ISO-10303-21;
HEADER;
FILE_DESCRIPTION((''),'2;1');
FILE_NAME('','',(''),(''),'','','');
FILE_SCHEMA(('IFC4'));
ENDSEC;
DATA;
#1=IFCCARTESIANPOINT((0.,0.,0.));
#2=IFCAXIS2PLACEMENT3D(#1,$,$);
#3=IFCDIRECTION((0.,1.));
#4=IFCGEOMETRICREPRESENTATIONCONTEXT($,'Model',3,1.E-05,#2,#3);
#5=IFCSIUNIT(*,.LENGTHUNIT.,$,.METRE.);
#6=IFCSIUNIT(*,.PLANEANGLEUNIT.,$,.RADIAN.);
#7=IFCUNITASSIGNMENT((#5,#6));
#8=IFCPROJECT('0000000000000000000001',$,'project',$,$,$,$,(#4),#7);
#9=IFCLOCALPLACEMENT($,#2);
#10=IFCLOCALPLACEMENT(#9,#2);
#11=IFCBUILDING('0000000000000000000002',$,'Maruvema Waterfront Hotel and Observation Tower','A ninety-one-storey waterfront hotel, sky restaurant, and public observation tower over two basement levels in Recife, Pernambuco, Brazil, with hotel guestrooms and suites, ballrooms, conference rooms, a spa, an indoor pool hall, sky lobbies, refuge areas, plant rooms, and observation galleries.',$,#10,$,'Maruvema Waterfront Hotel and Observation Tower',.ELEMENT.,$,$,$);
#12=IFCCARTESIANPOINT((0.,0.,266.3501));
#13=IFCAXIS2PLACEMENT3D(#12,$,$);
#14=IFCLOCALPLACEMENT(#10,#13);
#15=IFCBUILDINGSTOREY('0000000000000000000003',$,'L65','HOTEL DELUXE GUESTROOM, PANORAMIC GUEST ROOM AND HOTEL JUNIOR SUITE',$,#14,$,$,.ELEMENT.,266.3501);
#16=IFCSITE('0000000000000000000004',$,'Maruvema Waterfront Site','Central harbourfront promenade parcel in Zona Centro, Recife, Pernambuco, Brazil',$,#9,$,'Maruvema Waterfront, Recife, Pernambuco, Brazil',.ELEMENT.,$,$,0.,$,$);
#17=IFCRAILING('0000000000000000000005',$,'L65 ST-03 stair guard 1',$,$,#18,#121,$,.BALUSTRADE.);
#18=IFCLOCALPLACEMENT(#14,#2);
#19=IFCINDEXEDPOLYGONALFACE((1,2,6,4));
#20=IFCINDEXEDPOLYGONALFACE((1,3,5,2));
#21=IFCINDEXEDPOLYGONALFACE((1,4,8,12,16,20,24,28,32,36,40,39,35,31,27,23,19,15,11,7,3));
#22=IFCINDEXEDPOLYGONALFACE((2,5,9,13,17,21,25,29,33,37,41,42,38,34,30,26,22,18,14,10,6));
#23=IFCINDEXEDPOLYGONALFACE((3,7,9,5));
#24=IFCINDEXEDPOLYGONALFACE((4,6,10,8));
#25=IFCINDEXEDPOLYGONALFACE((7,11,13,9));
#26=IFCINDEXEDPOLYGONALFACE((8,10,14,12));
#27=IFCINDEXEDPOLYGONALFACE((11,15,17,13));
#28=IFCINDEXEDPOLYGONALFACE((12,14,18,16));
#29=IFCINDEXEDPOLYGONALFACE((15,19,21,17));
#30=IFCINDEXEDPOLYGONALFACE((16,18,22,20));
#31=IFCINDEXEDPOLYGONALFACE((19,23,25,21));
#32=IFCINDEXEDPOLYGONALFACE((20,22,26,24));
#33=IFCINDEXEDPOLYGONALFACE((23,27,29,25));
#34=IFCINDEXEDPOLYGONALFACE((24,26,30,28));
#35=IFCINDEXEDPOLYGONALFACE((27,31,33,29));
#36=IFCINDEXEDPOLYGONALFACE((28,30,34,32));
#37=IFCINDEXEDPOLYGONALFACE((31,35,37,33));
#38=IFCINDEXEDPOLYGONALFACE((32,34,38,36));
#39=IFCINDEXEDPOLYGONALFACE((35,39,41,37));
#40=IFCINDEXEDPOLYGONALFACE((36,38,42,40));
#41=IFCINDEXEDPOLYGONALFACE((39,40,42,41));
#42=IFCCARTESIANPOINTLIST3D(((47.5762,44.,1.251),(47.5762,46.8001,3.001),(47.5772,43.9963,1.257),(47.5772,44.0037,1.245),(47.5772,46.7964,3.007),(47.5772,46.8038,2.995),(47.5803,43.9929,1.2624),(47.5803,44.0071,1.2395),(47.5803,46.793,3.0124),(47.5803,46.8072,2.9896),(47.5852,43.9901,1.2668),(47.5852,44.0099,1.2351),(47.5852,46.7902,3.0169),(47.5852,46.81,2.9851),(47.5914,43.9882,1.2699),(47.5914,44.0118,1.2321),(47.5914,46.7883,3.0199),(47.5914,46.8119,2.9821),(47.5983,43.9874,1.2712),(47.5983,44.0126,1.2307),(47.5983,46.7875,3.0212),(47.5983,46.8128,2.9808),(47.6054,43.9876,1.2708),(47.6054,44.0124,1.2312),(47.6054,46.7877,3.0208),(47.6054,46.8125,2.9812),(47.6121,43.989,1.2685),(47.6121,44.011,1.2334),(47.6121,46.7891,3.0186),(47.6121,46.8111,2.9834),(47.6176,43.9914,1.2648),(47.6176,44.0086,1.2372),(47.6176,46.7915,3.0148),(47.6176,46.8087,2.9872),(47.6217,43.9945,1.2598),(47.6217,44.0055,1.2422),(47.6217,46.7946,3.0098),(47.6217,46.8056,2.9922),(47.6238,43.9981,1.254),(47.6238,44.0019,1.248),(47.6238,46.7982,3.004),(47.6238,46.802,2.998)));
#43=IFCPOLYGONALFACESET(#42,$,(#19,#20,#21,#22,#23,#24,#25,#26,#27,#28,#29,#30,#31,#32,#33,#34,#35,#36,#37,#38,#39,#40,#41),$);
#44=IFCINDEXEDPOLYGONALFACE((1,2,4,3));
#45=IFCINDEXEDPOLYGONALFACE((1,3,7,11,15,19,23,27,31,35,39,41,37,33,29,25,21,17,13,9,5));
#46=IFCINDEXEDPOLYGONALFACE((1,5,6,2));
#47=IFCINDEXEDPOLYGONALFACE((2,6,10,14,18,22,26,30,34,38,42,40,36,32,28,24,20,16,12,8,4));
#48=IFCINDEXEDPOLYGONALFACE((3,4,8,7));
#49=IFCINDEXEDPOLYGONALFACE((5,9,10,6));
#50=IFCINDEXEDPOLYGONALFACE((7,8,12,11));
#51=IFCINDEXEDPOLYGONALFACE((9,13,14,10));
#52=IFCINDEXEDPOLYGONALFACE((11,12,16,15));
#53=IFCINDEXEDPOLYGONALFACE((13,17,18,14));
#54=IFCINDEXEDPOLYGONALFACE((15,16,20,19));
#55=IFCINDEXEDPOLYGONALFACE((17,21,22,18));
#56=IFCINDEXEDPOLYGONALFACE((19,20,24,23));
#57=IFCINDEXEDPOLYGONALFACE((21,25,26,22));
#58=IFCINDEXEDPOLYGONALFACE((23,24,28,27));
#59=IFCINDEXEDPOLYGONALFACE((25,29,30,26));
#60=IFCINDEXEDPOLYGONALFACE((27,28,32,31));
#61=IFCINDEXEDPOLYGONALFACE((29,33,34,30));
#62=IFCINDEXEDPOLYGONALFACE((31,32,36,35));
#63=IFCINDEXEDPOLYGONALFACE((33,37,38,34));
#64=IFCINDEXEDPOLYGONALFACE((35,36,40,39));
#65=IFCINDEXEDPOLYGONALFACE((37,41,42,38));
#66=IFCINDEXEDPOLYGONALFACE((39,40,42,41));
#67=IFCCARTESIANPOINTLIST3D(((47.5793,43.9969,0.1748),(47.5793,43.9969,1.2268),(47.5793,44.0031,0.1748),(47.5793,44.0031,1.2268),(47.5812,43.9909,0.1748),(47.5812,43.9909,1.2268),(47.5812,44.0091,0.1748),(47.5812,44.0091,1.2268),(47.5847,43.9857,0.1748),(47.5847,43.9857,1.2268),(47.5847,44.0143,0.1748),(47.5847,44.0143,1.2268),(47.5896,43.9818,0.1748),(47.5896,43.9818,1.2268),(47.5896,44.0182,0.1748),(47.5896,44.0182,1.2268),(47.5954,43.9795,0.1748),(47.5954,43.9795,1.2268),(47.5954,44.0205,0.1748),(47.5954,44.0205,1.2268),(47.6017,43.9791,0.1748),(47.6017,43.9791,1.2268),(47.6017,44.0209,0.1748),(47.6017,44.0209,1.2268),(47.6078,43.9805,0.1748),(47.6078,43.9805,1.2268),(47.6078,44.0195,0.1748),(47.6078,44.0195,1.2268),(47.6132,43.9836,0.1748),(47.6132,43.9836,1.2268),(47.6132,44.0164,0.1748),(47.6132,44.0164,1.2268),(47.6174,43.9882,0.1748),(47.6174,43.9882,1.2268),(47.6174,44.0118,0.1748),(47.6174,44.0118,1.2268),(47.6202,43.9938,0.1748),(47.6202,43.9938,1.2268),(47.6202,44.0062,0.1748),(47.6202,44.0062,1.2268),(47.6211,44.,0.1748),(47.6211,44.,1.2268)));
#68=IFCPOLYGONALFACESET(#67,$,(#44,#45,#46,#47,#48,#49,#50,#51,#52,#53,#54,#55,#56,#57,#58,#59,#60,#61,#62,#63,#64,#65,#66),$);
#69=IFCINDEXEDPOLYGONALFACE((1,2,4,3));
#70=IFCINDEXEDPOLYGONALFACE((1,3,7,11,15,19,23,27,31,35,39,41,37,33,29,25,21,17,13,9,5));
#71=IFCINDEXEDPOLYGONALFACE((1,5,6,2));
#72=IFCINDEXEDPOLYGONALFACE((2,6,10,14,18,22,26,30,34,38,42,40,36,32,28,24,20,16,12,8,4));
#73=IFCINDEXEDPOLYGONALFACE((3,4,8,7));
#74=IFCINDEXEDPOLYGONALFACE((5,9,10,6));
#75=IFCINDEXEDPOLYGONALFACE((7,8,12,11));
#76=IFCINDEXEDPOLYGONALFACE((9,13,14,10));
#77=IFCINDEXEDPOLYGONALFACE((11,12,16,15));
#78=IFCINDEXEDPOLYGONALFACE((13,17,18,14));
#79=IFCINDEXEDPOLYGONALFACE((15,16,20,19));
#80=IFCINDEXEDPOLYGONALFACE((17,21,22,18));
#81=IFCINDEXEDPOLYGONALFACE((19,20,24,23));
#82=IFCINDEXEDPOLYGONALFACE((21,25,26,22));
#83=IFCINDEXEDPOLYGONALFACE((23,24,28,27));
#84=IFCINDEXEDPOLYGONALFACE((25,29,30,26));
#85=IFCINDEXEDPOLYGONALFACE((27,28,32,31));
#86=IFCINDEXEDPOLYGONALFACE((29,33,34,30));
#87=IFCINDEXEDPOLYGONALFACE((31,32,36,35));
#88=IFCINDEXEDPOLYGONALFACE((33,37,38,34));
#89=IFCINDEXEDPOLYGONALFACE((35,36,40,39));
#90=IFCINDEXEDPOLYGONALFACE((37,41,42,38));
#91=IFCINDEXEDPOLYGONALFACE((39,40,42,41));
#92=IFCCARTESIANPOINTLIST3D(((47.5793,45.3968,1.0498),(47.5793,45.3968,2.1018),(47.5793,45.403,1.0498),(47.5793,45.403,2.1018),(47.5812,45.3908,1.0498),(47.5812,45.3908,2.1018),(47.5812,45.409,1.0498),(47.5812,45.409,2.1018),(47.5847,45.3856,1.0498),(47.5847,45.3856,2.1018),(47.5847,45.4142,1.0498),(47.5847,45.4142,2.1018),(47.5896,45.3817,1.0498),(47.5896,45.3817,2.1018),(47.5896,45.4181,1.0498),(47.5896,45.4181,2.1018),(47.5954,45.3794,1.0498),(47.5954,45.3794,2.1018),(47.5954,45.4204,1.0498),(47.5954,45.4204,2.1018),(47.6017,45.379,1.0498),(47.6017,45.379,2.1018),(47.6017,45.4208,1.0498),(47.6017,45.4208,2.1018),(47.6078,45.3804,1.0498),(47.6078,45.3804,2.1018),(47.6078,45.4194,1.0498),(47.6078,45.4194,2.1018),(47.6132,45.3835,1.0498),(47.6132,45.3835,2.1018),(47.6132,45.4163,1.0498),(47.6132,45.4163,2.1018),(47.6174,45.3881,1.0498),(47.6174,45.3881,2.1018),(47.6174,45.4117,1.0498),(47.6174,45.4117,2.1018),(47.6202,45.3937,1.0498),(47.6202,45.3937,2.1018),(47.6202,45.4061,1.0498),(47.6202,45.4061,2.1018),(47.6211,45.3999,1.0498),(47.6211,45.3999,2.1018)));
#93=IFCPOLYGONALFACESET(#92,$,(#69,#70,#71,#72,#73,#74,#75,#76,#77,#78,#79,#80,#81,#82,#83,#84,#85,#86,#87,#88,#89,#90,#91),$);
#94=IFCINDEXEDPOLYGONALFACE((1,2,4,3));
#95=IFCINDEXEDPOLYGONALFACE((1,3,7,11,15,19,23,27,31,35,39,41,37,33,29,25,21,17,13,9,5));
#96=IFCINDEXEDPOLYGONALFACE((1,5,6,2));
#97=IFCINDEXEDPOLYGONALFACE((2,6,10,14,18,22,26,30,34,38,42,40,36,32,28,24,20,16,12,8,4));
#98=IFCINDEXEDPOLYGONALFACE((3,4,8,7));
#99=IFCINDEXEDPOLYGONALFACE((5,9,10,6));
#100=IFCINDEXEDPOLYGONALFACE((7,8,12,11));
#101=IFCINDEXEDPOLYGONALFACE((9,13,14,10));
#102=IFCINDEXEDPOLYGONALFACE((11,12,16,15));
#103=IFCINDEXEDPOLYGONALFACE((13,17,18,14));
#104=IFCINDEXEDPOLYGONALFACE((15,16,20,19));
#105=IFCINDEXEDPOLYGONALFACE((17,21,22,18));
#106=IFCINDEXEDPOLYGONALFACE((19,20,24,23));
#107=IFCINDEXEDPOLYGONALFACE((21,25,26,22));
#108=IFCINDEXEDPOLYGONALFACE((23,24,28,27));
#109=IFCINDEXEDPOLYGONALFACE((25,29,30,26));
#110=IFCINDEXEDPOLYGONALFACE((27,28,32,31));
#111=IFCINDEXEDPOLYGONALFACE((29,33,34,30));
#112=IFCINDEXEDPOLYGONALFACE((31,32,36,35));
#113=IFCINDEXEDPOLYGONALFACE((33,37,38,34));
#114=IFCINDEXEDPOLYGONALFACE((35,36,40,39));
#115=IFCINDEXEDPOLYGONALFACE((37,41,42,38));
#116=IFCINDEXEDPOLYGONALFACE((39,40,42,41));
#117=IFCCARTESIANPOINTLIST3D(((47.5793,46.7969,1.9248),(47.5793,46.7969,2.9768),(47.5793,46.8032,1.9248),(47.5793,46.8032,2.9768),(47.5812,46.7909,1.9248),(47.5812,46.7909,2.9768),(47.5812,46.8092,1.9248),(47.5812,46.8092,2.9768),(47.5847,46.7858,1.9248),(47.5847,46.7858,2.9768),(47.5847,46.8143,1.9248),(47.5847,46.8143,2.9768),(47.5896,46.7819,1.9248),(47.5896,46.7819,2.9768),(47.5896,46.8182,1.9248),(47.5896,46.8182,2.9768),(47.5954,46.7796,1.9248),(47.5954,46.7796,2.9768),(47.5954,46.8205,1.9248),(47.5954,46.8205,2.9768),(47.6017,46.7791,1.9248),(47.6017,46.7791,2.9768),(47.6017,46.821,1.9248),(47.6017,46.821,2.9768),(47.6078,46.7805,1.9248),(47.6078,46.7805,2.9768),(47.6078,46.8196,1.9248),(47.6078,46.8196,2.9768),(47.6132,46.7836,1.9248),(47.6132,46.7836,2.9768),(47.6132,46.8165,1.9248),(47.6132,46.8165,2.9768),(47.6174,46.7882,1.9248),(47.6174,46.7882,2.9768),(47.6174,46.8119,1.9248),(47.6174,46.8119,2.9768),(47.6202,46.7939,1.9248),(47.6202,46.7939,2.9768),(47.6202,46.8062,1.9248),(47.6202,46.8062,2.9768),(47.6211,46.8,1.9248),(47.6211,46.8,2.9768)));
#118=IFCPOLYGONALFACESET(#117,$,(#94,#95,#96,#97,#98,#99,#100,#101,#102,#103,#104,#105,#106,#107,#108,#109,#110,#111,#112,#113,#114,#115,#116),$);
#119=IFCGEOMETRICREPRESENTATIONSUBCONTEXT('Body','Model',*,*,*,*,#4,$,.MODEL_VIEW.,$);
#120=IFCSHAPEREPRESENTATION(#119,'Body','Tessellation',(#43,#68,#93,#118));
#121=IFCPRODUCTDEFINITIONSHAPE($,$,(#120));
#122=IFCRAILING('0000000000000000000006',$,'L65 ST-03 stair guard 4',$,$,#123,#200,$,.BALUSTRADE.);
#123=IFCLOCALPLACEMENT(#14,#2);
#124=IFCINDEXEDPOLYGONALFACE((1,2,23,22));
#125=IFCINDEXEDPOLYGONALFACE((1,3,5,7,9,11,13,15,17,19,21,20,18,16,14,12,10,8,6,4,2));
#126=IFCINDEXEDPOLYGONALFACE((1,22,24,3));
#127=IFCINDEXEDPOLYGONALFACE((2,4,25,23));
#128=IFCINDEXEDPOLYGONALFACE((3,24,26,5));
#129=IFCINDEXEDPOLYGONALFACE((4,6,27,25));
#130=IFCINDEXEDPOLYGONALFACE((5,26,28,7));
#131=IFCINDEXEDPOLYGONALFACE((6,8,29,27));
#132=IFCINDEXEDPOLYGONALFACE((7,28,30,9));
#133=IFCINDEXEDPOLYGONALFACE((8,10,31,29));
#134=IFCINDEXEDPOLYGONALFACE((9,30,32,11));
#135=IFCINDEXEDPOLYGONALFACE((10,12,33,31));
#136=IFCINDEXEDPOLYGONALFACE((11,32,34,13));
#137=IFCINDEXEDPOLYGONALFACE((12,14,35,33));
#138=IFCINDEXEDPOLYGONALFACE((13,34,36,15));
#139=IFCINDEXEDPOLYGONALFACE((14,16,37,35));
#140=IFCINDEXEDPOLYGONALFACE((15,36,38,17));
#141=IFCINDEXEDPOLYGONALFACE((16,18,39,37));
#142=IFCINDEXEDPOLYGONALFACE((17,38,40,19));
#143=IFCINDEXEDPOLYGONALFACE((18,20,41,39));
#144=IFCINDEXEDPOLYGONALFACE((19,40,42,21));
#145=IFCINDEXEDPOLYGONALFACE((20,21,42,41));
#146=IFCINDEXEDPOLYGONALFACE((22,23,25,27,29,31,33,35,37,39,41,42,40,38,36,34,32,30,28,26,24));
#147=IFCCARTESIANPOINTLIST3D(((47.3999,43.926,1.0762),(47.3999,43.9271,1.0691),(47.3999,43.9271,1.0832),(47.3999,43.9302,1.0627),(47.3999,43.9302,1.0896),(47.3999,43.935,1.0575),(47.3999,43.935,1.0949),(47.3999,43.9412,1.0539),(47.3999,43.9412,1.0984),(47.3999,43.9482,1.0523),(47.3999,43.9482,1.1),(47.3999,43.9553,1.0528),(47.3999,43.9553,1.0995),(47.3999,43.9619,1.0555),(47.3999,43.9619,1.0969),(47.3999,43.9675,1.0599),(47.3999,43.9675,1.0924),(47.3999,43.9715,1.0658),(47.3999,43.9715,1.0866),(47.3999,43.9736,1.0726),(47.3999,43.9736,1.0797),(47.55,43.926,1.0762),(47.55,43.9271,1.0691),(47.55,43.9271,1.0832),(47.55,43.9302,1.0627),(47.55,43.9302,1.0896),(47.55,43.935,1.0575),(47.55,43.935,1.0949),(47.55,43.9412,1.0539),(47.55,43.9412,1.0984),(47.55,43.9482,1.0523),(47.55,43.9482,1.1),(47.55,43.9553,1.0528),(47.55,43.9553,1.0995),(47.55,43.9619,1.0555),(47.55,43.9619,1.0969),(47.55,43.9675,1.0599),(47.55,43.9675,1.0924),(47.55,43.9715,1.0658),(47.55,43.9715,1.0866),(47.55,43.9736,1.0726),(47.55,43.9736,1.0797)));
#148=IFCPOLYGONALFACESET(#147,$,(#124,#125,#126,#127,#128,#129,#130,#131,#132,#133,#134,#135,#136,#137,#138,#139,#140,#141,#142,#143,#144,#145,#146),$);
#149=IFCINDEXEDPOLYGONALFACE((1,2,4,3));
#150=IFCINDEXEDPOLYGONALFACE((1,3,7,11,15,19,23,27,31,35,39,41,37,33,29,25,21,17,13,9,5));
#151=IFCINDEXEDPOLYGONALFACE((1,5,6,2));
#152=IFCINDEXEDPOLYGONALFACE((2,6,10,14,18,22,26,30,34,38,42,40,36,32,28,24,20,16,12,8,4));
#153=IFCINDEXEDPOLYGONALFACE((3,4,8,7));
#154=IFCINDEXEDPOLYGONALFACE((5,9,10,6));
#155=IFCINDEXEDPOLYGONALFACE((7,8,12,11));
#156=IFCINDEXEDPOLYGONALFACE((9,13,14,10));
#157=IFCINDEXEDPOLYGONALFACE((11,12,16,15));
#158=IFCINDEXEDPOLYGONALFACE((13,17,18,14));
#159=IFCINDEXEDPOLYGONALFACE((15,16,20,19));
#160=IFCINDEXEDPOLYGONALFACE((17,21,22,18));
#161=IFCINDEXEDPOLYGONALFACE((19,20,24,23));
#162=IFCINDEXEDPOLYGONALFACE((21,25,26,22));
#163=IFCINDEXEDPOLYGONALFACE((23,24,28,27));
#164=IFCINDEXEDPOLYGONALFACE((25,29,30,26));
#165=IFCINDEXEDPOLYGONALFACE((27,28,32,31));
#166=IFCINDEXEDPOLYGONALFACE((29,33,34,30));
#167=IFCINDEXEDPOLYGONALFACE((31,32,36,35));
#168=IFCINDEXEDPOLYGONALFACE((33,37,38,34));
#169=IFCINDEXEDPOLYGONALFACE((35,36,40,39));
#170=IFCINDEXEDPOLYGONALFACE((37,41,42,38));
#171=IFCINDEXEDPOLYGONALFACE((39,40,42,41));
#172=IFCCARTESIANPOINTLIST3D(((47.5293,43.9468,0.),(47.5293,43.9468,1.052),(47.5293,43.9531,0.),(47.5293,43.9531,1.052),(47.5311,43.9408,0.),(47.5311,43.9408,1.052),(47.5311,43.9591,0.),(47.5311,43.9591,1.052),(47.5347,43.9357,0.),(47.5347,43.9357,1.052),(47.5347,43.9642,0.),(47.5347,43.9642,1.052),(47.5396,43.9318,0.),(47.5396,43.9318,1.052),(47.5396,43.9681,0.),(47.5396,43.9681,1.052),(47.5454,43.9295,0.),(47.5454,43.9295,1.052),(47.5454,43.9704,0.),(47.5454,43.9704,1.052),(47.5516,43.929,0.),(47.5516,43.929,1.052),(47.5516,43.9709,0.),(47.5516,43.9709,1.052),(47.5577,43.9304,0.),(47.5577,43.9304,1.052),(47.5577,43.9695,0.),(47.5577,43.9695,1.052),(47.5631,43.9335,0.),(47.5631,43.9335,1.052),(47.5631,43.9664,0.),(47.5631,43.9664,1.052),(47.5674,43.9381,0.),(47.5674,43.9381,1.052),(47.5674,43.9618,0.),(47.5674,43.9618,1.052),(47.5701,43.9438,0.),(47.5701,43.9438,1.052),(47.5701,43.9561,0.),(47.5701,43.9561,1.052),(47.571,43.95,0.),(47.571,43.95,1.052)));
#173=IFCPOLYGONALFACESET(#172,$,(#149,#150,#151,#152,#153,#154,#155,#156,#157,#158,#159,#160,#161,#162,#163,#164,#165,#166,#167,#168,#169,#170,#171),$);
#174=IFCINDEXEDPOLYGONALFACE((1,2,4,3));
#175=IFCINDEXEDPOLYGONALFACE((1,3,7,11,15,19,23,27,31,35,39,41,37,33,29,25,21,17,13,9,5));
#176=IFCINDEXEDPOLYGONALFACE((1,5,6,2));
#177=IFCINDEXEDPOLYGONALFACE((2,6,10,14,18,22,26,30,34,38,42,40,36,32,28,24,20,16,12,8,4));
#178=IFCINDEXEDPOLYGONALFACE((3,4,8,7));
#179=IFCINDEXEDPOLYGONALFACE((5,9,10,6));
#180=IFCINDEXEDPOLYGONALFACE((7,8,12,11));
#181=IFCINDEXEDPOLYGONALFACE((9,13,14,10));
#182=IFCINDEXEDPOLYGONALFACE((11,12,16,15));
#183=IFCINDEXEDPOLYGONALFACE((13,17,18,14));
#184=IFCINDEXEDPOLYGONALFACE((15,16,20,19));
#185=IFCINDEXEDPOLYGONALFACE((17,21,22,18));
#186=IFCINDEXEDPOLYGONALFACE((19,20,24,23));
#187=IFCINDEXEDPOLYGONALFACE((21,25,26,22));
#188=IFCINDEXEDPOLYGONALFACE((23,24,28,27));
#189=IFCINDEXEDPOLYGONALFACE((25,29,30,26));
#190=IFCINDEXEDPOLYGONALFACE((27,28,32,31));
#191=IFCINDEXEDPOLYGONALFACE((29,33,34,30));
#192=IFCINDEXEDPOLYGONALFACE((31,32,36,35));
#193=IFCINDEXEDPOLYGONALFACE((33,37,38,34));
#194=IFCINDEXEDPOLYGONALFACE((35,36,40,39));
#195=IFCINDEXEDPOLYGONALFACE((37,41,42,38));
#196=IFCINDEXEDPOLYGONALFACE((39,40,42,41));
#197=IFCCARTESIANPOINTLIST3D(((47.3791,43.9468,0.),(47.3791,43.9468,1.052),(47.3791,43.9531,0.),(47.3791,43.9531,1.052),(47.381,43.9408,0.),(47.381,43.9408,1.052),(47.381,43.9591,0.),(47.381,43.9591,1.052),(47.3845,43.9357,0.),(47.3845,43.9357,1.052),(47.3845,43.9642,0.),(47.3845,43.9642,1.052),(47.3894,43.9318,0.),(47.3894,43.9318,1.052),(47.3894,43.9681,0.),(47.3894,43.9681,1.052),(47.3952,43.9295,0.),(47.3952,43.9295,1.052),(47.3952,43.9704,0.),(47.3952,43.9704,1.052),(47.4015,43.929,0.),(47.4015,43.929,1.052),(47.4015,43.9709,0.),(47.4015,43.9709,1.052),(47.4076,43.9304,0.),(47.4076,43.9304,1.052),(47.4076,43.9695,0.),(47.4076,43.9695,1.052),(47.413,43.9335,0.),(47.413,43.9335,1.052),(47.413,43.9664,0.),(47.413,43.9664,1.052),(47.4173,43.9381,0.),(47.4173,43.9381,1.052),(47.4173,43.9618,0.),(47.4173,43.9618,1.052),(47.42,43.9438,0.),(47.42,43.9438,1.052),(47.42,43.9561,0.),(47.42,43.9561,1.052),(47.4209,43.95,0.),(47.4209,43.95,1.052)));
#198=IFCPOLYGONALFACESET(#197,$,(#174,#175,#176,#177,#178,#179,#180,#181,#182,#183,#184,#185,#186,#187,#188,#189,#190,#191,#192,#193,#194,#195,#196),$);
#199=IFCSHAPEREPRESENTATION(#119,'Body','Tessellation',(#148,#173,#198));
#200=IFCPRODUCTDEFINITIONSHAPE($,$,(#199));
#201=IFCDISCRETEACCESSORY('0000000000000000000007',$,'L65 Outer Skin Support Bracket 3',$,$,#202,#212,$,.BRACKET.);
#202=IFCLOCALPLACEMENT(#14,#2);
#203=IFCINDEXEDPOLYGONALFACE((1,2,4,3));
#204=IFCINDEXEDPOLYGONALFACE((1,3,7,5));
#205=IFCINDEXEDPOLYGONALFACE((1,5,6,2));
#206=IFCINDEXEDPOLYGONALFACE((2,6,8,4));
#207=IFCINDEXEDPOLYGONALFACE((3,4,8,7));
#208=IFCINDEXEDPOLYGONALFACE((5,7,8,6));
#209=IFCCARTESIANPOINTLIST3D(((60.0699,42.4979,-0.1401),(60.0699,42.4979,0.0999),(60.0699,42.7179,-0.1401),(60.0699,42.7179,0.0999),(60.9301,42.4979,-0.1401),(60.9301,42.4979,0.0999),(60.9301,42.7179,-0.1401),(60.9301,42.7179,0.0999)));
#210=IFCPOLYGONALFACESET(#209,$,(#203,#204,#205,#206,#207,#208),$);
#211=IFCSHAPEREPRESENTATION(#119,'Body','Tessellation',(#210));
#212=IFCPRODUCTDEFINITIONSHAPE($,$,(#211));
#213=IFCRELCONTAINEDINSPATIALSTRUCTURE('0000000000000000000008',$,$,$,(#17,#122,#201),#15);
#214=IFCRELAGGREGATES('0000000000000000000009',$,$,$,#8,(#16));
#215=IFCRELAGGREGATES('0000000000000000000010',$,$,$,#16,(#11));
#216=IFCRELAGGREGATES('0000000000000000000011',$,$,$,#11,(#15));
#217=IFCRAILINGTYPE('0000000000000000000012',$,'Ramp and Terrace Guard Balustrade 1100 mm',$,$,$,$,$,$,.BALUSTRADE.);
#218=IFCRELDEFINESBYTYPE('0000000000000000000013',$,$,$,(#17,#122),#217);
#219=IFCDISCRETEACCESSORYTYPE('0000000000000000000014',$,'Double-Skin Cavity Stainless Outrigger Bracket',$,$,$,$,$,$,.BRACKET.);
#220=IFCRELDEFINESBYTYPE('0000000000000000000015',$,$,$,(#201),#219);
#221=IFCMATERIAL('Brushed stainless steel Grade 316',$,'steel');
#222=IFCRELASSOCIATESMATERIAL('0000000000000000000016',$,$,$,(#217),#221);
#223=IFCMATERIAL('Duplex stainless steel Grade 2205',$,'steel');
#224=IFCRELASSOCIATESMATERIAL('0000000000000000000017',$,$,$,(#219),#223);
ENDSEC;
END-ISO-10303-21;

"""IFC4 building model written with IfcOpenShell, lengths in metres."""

from ifc_helpers import new_model, si_unit, direction, frame, origin, origin_2d, place, context, subcontext, project, spatial, rectangle, circle, extrude, material, type_object, element, save


model = new_model("IFC4")

# Units and contexts
model_context = context("Model", 3, precision=1e-05, world=origin(), true_north=direction((0.0, 1.0)))
body_context = subcontext(model_context, "Body", "Model", "MODEL_VIEW")
ifc_project = project(units=[si_unit("LENGTHUNIT", "METRE"), si_unit("PLANEANGLEUNIT", "RADIAN")], contexts=[model_context])

# Site, building, storey
site_placement = place(None, origin())
site = spatial("IfcSite", under=ifc_project, at=site_placement, Name="Maruvema Waterfront Site", Description="Central harbourfront promenade parcel in Zona Centro, Recife, Pernambuco, Brazil", LongName="Maruvema Waterfront, Recife, Pernambuco, Brazil", CompositionType="ELEMENT", RefElevation=0.0)
building_placement = place(site_placement, origin())
building = spatial("IfcBuilding", under=site, at=building_placement, Name="Maruvema Waterfront Hotel and Observation Tower", Description="A ninety-one-storey waterfront hotel, sky restaurant, and public observation tower over two basement levels in Recife, Pernambuco, Brazil, with hotel guestrooms and suites, ballrooms, conference rooms, a spa, an indoor pool hall, sky lobbies, refuge areas, plant rooms, and observation galleries.", LongName="Maruvema Waterfront Hotel and Observation Tower", CompositionType="ELEMENT")
storey_placement = place(building_placement, frame((0.0, 0.0, 266.3501)))
storey = spatial("IfcBuildingStorey", under=building, at=storey_placement, Name="L65", Description="HOTEL DELUXE GUESTROOM, PANORAMIC GUEST ROOM AND HOTEL JUNIOR SUITE", CompositionType="ELEMENT", Elevation=266.3501)

# Railings
ifc_material_1 = material(Name="Brushed stainless steel Grade 316", Category="steel")
railing_type = type_object("IfcRailingType", Name="Ramp and Terrace Guard Balustrade 1100 mm", PredefinedType="BALUSTRADE", material=ifc_material_1)
railing_1_placement = place(storey_placement, frame((47.6001, 44.0, 0.1748)))
element("IfcRailing", 1, at=railing_1_placement, inside=storey, type_object=railing_type, Name="L65 ST-03 stair guard 1", PredefinedType="BALUSTRADE", context=body_context, shape_type="SweptSolid", body=[
    extrude(circle(Radius=0.0239, at=origin_2d()), frame((0.0, 0.0, 1.0762), z_axis=(0.0, 0.848002, 0.529992), x_axis=(-1.0, 0.0, 0.0)), (0.0, 0.0, 1.0), 3.302),
    extrude(circle(Radius=0.021, at=origin_2d()), origin(), (0.0, 0.0, 1.0), 1.052),
    extrude(circle(Radius=0.021, at=origin_2d()), frame((0.0, 1.3999, 0.875)), (0.0, 0.0, 1.0), 1.052),
    extrude(circle(Radius=0.021, at=origin_2d()), frame((0.0, 2.8, 1.75)), (0.0, 0.0, 1.0), 1.052),
])
railing_2_placement = place(storey_placement, frame((47.55, 43.95, 0.0)))
element("IfcRailing", 2, at=railing_2_placement, inside=storey, type_object=railing_type, Name="L65 ST-03 stair guard 4", PredefinedType="BALUSTRADE", context=body_context, shape_type="SweptSolid", body=[
    extrude(circle(Radius=0.0239, at=origin_2d()), frame((0.0, 0.0, 1.0762), z_axis=(-1.0, 0.0, 0.0), x_axis=(0.0, -1.0, 0.0)), (0.0, 0.0, 1.0), 0.1501),
    extrude(circle(Radius=0.021, at=origin_2d()), origin(), (0.0, 0.0, 1.0), 1.052),
    extrude(circle(Radius=0.021, at=origin_2d()), frame((-0.1501, 0.0, 0.0)), (0.0, 0.0, 1.0), 1.052),
])

# Discrete accessory
ifc_material_2 = material(Name="Duplex stainless steel Grade 2205", Category="steel")
discrete_accessory_type = type_object("IfcDiscreteAccessoryType", Name="Double-Skin Cavity Stainless Outrigger Bracket", PredefinedType="BRACKET", material=ifc_material_2)
discrete_accessory_placement = place(storey_placement, frame((60.5, 42.6079, -0.1401), z_axis=(0.0, 0.0, 1.0), x_axis=(0.0, 1.0, 0.0)))
element("IfcDiscreteAccessory", 3, at=discrete_accessory_placement, inside=storey, type_object=discrete_accessory_type, Name="L65 Outer Skin Support Bracket 3", PredefinedType="BRACKET", context=body_context, shape_type="SweptSolid", body=[
    extrude(rectangle(XDim=0.22, YDim=0.8601, at=origin_2d()), origin(), (0.0, 0.0, 1.0), 0.24),
])

save(model, "model.ifc")
